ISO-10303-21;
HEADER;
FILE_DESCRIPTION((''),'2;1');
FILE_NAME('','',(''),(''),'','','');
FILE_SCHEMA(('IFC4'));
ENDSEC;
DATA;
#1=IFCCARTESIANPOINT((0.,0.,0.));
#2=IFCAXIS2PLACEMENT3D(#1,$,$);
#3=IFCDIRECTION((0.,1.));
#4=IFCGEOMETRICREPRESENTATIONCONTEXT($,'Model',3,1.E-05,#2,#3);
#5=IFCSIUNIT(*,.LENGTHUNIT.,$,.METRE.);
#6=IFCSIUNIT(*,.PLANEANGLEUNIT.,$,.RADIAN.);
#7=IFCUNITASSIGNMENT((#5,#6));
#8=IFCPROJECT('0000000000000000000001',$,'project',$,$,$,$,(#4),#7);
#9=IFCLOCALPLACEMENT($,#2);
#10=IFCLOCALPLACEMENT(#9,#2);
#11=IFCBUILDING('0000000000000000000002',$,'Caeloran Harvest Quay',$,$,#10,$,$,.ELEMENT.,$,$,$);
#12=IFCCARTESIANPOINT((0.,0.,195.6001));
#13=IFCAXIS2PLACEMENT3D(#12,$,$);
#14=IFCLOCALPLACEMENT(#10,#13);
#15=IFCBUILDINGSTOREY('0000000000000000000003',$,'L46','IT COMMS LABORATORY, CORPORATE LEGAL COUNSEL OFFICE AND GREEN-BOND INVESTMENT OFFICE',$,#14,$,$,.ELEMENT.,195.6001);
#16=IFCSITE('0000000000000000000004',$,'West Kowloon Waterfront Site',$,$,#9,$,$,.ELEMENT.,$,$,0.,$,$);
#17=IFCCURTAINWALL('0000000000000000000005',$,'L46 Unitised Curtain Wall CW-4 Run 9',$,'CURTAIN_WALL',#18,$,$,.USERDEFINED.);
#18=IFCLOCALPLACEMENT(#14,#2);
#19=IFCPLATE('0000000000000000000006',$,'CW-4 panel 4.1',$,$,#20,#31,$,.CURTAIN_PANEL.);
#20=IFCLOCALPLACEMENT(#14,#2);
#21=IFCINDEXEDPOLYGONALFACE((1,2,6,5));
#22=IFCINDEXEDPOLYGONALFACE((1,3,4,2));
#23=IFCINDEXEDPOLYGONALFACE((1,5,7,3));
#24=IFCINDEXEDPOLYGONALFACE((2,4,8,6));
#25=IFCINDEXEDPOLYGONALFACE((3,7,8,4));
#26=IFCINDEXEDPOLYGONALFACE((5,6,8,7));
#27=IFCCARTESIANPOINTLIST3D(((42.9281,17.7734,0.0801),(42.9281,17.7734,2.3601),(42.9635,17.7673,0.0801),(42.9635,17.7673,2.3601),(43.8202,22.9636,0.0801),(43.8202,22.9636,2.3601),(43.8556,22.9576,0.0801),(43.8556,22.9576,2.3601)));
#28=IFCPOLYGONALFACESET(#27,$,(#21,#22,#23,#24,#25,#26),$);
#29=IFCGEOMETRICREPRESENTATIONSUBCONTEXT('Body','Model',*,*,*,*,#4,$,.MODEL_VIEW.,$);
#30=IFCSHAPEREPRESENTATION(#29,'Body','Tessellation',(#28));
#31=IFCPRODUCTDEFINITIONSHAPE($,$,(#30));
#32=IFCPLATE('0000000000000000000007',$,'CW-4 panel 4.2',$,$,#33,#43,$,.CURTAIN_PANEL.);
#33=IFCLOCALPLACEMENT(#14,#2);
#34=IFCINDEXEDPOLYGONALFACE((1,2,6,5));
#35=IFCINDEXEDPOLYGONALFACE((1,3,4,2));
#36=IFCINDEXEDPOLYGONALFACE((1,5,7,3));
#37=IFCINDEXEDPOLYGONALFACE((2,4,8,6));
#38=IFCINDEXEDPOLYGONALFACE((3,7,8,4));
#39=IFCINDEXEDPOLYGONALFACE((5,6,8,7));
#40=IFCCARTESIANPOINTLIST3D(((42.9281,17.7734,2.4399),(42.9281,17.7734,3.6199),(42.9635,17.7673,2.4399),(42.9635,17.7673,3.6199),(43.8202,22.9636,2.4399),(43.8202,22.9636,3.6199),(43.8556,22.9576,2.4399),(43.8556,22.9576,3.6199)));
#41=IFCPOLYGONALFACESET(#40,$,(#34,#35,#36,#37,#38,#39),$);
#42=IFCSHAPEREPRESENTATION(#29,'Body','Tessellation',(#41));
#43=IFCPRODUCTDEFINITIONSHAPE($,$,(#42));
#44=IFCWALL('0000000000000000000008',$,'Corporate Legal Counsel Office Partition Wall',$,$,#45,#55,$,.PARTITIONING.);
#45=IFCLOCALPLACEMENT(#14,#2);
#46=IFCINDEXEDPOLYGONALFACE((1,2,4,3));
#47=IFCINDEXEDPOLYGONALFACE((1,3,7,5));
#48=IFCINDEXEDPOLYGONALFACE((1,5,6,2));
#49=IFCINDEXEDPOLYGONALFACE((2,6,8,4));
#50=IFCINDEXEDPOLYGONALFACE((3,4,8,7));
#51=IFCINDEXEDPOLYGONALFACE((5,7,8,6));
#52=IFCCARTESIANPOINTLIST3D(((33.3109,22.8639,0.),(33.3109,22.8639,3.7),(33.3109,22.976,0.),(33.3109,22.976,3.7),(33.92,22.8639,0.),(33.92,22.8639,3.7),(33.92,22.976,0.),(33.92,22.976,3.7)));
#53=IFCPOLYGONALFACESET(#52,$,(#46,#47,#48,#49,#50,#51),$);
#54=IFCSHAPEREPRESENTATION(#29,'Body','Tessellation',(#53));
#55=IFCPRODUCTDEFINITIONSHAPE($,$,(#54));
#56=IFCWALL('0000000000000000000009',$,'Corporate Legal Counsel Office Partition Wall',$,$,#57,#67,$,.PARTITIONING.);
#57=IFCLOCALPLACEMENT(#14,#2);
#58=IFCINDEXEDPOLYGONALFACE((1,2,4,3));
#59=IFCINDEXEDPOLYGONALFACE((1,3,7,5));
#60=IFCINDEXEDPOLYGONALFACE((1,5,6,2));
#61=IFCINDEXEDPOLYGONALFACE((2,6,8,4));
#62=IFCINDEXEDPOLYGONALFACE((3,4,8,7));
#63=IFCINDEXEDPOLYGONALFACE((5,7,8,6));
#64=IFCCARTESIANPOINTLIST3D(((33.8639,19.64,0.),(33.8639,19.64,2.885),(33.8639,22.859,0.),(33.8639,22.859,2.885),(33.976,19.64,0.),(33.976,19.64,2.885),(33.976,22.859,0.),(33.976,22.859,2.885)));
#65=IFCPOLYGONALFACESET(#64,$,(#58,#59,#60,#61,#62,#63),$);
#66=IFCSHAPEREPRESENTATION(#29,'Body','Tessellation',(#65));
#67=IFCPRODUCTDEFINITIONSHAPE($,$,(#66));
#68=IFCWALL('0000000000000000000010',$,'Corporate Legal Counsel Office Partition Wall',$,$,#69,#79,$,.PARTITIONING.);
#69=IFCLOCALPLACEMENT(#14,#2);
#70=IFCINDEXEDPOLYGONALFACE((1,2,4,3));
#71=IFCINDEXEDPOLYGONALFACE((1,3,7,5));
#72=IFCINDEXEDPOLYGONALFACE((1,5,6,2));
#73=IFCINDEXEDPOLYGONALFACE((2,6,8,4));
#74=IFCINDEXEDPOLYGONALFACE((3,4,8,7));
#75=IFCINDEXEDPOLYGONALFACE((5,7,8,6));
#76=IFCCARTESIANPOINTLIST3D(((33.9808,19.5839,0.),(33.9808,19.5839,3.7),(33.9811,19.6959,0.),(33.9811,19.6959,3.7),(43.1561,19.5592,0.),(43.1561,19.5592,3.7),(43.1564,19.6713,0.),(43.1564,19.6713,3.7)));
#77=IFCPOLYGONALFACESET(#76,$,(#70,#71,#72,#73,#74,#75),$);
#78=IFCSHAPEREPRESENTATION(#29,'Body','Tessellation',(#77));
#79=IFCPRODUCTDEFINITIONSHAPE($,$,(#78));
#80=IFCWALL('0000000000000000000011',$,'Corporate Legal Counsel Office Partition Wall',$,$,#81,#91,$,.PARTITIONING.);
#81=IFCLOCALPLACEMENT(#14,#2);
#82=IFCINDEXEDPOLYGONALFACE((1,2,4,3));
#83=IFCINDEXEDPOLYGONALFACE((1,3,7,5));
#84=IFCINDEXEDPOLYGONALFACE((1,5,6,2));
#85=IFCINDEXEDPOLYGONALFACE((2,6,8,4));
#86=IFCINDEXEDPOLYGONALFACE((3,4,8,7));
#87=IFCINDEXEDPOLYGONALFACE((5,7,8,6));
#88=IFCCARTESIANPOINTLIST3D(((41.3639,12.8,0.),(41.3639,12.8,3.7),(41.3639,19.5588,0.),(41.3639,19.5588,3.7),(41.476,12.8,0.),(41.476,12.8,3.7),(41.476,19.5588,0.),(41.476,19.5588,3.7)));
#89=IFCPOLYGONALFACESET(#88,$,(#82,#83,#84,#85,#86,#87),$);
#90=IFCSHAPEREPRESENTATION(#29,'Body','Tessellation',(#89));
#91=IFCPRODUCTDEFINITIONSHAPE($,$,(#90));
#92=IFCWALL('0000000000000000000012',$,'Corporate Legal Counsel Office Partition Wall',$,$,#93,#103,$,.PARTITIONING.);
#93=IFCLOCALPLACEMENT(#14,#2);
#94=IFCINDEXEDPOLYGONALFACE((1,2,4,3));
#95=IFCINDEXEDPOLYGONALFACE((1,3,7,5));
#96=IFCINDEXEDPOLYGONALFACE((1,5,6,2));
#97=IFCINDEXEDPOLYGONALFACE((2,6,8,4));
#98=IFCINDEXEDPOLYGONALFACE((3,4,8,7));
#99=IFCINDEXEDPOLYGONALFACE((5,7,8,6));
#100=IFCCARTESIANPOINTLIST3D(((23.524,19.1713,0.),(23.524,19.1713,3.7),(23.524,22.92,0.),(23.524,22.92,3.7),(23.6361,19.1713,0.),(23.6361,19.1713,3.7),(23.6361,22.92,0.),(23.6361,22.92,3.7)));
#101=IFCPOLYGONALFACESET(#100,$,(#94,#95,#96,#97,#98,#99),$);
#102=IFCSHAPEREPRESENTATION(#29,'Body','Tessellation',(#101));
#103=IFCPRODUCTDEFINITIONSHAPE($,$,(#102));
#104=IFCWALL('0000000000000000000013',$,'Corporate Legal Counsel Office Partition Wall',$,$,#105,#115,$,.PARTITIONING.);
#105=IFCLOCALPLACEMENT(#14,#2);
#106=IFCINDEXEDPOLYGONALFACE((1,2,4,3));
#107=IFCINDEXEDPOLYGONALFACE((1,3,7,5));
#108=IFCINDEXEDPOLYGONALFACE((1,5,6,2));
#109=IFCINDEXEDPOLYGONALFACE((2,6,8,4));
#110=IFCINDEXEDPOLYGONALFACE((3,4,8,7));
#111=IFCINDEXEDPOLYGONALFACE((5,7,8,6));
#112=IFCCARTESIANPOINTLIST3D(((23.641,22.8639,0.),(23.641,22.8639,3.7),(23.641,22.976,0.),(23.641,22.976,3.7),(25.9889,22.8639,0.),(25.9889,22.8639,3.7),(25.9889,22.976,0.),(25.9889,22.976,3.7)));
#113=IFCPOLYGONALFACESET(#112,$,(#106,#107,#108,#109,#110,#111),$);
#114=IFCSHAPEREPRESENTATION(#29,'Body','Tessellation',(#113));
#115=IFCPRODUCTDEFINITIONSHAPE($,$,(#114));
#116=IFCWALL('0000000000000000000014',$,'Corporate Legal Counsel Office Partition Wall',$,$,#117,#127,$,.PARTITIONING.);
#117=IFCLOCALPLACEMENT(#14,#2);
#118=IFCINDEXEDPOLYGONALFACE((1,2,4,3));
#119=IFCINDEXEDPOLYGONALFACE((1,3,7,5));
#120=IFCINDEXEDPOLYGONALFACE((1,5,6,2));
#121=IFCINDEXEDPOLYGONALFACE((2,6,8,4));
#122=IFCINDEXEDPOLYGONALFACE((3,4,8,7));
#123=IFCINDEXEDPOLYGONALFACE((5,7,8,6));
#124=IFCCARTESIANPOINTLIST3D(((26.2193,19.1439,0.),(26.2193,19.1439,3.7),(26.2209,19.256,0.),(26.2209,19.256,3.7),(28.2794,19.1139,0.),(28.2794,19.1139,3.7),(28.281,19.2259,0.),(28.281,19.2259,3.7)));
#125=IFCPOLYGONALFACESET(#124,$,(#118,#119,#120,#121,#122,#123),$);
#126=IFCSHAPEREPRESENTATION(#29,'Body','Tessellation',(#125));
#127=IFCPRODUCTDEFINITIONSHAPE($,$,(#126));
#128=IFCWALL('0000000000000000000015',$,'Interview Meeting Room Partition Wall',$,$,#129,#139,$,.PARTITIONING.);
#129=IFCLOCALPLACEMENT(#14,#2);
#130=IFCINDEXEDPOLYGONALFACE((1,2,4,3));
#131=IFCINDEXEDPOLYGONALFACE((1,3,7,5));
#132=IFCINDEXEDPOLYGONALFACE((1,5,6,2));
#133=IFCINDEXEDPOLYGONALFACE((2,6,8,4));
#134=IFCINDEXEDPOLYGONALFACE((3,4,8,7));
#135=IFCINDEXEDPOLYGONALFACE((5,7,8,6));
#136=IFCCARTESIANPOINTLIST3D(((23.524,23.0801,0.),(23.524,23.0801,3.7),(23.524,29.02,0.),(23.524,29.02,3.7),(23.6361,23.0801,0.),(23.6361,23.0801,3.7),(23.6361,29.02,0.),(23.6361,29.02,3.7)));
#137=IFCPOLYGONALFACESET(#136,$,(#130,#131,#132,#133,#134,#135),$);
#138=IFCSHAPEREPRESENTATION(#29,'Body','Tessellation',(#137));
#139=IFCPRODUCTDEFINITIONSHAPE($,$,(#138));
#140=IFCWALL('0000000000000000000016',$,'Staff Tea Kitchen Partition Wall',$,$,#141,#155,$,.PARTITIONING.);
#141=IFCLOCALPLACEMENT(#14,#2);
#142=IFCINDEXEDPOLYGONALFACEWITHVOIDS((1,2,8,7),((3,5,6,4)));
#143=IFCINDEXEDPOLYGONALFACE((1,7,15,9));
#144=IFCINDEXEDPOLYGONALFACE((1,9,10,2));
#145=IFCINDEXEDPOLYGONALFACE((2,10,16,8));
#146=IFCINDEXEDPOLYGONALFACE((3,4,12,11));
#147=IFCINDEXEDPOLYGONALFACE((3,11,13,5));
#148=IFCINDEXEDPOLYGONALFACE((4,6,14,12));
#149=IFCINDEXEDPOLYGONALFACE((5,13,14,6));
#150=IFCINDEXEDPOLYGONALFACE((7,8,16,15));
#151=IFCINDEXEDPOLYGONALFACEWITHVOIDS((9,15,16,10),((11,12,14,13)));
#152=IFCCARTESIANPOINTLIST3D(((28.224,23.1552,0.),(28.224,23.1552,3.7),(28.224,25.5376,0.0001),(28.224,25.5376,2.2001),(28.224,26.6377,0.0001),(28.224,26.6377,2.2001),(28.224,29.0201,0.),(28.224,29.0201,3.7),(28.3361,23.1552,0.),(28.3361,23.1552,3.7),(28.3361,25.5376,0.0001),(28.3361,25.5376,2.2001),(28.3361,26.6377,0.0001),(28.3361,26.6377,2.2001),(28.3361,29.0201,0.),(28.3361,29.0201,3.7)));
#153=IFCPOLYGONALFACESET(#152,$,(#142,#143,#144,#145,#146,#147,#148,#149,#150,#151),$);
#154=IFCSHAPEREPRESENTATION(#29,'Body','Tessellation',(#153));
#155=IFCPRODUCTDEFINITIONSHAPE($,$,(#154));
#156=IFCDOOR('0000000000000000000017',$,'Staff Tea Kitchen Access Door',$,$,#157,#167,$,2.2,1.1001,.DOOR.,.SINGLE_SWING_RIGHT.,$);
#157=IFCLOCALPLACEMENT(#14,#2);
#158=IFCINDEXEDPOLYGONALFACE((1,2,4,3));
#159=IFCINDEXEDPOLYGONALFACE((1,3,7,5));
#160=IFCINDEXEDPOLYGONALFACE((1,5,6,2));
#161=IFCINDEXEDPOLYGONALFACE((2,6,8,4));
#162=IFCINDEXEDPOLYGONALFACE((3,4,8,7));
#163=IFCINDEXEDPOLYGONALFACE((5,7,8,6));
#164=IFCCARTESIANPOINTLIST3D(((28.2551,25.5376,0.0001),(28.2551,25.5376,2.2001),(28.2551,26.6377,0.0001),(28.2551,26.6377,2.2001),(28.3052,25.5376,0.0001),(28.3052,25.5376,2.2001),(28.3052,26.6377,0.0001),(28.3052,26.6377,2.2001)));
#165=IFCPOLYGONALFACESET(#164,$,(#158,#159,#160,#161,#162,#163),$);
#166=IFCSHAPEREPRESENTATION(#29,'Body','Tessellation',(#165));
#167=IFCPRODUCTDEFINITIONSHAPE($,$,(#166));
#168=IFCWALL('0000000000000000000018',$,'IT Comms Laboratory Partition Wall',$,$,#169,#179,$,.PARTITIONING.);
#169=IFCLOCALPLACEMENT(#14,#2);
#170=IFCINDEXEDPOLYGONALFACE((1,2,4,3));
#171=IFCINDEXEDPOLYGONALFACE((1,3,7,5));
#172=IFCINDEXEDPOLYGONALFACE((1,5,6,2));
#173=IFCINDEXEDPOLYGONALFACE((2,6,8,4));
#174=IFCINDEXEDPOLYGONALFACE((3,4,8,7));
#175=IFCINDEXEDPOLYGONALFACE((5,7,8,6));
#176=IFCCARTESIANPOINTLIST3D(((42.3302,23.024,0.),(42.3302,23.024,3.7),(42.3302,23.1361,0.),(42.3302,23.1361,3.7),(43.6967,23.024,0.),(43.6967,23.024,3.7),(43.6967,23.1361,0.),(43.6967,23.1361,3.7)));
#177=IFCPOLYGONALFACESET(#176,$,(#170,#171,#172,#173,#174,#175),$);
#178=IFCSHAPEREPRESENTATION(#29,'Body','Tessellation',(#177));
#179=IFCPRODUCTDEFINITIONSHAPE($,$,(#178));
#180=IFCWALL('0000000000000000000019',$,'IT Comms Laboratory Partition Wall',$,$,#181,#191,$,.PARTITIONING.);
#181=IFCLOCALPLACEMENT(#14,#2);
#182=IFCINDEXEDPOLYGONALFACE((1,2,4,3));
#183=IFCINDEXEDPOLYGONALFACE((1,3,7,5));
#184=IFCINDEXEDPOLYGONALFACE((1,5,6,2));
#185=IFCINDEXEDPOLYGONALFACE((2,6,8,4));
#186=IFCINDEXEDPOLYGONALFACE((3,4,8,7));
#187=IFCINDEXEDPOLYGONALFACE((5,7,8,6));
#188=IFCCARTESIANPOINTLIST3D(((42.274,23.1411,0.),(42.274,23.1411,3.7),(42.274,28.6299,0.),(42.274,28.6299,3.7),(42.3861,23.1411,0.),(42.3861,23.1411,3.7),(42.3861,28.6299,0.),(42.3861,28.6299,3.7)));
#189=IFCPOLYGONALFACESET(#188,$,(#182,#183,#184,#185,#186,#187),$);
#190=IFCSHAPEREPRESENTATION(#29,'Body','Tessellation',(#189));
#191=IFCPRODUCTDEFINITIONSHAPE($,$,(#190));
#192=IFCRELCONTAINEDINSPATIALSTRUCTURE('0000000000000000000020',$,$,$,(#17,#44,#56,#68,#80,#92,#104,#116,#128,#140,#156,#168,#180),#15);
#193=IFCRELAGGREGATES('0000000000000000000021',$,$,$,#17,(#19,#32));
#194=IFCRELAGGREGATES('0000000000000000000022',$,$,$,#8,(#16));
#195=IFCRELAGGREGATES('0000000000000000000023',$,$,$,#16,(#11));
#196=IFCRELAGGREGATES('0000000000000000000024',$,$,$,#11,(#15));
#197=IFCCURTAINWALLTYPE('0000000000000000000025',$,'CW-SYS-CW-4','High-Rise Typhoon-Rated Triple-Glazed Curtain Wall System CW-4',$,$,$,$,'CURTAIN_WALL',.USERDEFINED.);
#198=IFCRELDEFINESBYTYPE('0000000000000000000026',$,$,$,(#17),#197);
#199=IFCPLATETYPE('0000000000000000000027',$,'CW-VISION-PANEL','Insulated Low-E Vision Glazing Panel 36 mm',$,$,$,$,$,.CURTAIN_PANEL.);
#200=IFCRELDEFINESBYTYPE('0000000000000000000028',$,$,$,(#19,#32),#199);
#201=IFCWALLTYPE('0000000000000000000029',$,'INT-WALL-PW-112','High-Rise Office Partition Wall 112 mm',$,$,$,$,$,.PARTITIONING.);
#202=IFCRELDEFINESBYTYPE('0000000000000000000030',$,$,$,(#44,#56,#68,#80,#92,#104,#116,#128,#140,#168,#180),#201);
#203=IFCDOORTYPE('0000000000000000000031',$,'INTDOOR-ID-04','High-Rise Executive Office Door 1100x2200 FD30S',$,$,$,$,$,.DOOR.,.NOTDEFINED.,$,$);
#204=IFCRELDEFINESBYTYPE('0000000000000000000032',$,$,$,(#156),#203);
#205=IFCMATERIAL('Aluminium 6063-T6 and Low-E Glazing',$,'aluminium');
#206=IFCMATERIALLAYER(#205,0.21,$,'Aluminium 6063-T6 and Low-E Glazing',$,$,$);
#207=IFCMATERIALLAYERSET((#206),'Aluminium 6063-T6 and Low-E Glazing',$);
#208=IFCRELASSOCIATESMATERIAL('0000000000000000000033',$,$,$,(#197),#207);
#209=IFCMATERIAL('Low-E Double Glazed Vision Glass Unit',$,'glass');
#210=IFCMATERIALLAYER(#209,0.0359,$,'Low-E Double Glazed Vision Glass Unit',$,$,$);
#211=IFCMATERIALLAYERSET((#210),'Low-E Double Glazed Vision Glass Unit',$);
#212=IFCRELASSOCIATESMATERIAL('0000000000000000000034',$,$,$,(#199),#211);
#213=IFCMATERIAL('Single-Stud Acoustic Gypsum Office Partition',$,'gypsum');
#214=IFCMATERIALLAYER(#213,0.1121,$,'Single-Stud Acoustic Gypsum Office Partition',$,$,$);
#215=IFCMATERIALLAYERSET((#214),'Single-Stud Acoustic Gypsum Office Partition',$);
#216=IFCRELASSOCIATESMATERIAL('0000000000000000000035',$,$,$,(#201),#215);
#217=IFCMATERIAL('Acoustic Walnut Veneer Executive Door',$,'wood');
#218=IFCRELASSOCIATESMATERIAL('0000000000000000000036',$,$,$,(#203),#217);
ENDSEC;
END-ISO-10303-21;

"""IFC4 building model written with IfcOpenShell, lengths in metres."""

from ifc_helpers import new_model, si_unit, direction, frame, frame_2d, origin, origin_2d, place, context, subcontext, project, spatial, rectangle, extrude, material, layer, layer_set, type_object, element, fill, aggregate, save


model = new_model("IFC4")

# Units and contexts
model_context = context("Model", 3, precision=1e-05, world=origin(), true_north=direction((0.0, 1.0)))
body_context = subcontext(model_context, "Body", "Model", "MODEL_VIEW")
ifc_project = project(units=[si_unit("LENGTHUNIT", "METRE"), si_unit("PLANEANGLEUNIT", "RADIAN")], contexts=[model_context])

# Site, building, storey
site_placement = place(None, origin())
site = spatial("IfcSite", under=ifc_project, at=site_placement, Name="West Kowloon Waterfront Site", CompositionType="ELEMENT", RefElevation=0.0)
building_placement = place(site_placement, origin())
building = spatial("IfcBuilding", under=site, at=building_placement, Name="Caeloran Harvest Quay", CompositionType="ELEMENT")
storey_placement = place(building_placement, frame((0.0, 0.0, 195.6001)))
storey = spatial("IfcBuildingStorey", under=building, at=storey_placement, Name="L46", Description="IT COMMS LABORATORY, CORPORATE LEGAL COUNSEL OFFICE AND GREEN-BOND INVESTMENT OFFICE", CompositionType="ELEMENT", Elevation=195.6001)

# Curtain wall, plates
ifc_material_1 = material(Name="Aluminium 6063-T6 and Low-E Glazing", Category="aluminium")
ifc_layer_1 = layer(ifc_material_1, 0.21, Name="Aluminium 6063-T6 and Low-E Glazing")
ifc_layer_set_1 = layer_set([ifc_layer_1], Name="Aluminium 6063-T6 and Low-E Glazing")
curtain_wall_type = type_object("IfcCurtainWallType", Name="CW-SYS-CW-4", Description="High-Rise Typhoon-Rated Triple-Glazed Curtain Wall System CW-4", ElementType="CURTAIN_WALL", PredefinedType="USERDEFINED", material=ifc_layer_set_1)
curtain_wall_placement = place(storey_placement, origin())
curtain_wall = element("IfcCurtainWall", 1, at=curtain_wall_placement, inside=storey, type_object=curtain_wall_type, Name="L46 Unitised Curtain Wall CW-4 Run 9", ObjectType="CURTAIN_WALL", PredefinedType="USERDEFINED")
ifc_material_2 = material(Name="Low-E Double Glazed Vision Glass Unit", Category="glass")
ifc_layer_2 = layer(ifc_material_2, 0.0359, Name="Low-E Double Glazed Vision Glass Unit")
ifc_layer_set_2 = layer_set([ifc_layer_2], Name="Low-E Double Glazed Vision Glass Unit")
plate_type = type_object("IfcPlateType", Name="CW-VISION-PANEL", Description="Insulated Low-E Vision Glazing Panel 36 mm", PredefinedType="CURTAIN_PANEL", material=ifc_layer_set_2)
plate_1_placement = place(storey_placement, frame((43.3918, 20.3655, 0.0801), z_axis=(0.0, 0.0, 1.0), x_axis=(-0.169392, -0.985549, 0.0)))
plate_1 = element("IfcPlate", 2, at=plate_1_placement, type_object=plate_type, Name="CW-4 panel 4.1", PredefinedType="CURTAIN_PANEL", context=body_context, shape_type="SweptSolid", body=[
    extrude(rectangle(XDim=5.2664, YDim=0.0359, at=origin_2d()), origin(), (0.0, 0.0, 1.0), 2.28),
])
plate_2_placement = place(storey_placement, frame((43.3918, 20.3655, 2.4399), z_axis=(0.0, 0.0, 1.0), x_axis=(-0.169392, -0.985549, 0.0)))
plate_2 = element("IfcPlate", 3, at=plate_2_placement, type_object=plate_type, Name="CW-4 panel 4.2", PredefinedType="CURTAIN_PANEL", context=body_context, shape_type="SweptSolid", body=[
    extrude(rectangle(XDim=5.2664, YDim=0.0359, at=origin_2d()), origin(), (0.0, 0.0, 1.0), 1.1799),
])
aggregate(curtain_wall, [plate_1, plate_2])

# Walls
ifc_material_3 = material(Name="Single-Stud Acoustic Gypsum Office Partition", Category="gypsum")
ifc_layer_3 = layer(ifc_material_3, 0.1121, Name="Single-Stud Acoustic Gypsum Office Partition")
ifc_layer_set_3 = layer_set([ifc_layer_3], Name="Single-Stud Acoustic Gypsum Office Partition")
wall_type_1 = type_object("IfcWallType", Name="INT-WALL-PW-112", Description="High-Rise Office Partition Wall 112 mm", PredefinedType="PARTITIONING", material=ifc_layer_set_3)
wall_1_placement = place(storey_placement, frame((33.3108, 22.9199, 0.0), z_axis=(0.0, 0.0, 1.0), x_axis=(1.0, 0.0, 0.0)))
element("IfcWall", 4, at=wall_1_placement, inside=storey, type_object=wall_type_1, Name="Corporate Legal Counsel Office Partition Wall", PredefinedType="PARTITIONING", context=body_context, shape_type="SweptSolid", body=[
    extrude(rectangle(XDim=0.6091, YDim=0.1121, at=frame_2d((0.3047, 0.0))), origin(), (0.0, 0.0, 1.0), 3.7),
])
wall_2_placement = place(storey_placement, frame((33.9199, 22.8589, 0.0), z_axis=(0.0, 0.0, 1.0), x_axis=(0.0, -1.0, 0.0)))
element("IfcWall", 5, at=wall_2_placement, inside=storey, type_object=wall_type_1, Name="Corporate Legal Counsel Office Partition Wall", PredefinedType="PARTITIONING", context=body_context, shape_type="SweptSolid", body=[
    extrude(rectangle(XDim=3.219, YDim=0.1121, at=frame_2d((1.6094, 0.0))), origin(), (0.0, 0.0, 1.0), 2.885),
])
wall_3_placement = place(storey_placement, frame((33.981, 19.6399, 0.0), z_axis=(0.0, 0.0, 1.0), x_axis=(0.999996, -0.002687, 0.0)))
element("IfcWall", 6, at=wall_3_placement, inside=storey, type_object=wall_type_1, Name="Corporate Legal Counsel Office Partition Wall", PredefinedType="PARTITIONING", context=body_context, shape_type="SweptSolid", body=[
    extrude(rectangle(XDim=9.1753, YDim=0.1121, at=frame_2d((4.5876, 0.0))), origin(), (0.0, 0.0, 1.0), 3.7),
])
wall_4_placement = place(storey_placement, frame((41.4199, 19.5588, 0.0), z_axis=(0.0, 0.0, 1.0), x_axis=(0.0, -1.0, 0.0)))
element("IfcWall", 7, at=wall_4_placement, inside=storey, type_object=wall_type_1, Name="Corporate Legal Counsel Office Partition Wall", PredefinedType="PARTITIONING", context=body_context, shape_type="SweptSolid", body=[
    extrude(rectangle(XDim=6.7588, YDim=0.1121, at=frame_2d((3.3794, 0.0))), origin(), (0.0, 0.0, 1.0), 3.7),
])
wall_5_placement = place(storey_placement, frame((23.5801, 19.1711, 0.0), z_axis=(0.0, 0.0, 1.0), x_axis=(0.0, 1.0, 0.0)))
element("IfcWall", 8, at=wall_5_placement, inside=storey, type_object=wall_type_1, Name="Corporate Legal Counsel Office Partition Wall", PredefinedType="PARTITIONING", context=body_context, shape_type="SweptSolid", body=[
    extrude(rectangle(XDim=3.7488, YDim=0.1121, at=frame_2d((1.8745, 0.0))), origin(), (0.0, 0.0, 1.0), 3.7),
])
wall_6_placement = place(storey_placement, frame((23.6411, 22.9199, 0.0), z_axis=(0.0, 0.0, 1.0), x_axis=(1.0, 0.0, 0.0)))
element("IfcWall", 9, at=wall_6_placement, inside=storey, type_object=wall_type_1, Name="Corporate Legal Counsel Office Partition Wall", PredefinedType="PARTITIONING", context=body_context, shape_type="SweptSolid", body=[
    extrude(rectangle(XDim=2.3479, YDim=0.1121, at=frame_2d((1.1738, 0.0))), origin(), (0.0, 0.0, 1.0), 3.7),
])
wall_7_placement = place(storey_placement, frame((26.22, 19.2, 0.0), z_axis=(0.0, 0.0, 1.0), x_axis=(0.999894, -0.014575, 0.0)))
element("IfcWall", 10, at=wall_7_placement, inside=storey, type_object=wall_type_1, Name="Corporate Legal Counsel Office Partition Wall", PredefinedType="PARTITIONING", context=body_context, shape_type="SweptSolid", body=[
    extrude(rectangle(XDim=2.0603, YDim=0.1121, at=frame_2d((1.0303, 0.0))), origin(), (0.0, 0.0, 1.0), 3.7),
])
wall_8_placement = place(storey_placement, frame((23.5801, 23.0801, 0.0), z_axis=(0.0, 0.0, 1.0), x_axis=(0.0, 1.0, 0.0)))
element("IfcWall", 11, at=wall_8_placement, inside=storey, type_object=wall_type_1, Name="Interview Meeting Room Partition Wall", PredefinedType="PARTITIONING", context=body_context, shape_type="SweptSolid", body=[
    extrude(rectangle(XDim=5.9399, YDim=0.1121, at=frame_2d((2.97, 0.0))), origin(), (0.0, 0.0, 1.0), 3.7),
])

# Wall, opening, door
wall_9_placement = place(storey_placement, frame((28.28, 23.155, 0.0), z_axis=(0.0, 0.0, 1.0), x_axis=(0.0, 1.0, 0.0)))
wall_9 = element("IfcWall", 12, at=wall_9_placement, inside=storey, type_object=wall_type_1, Name="Staff Tea Kitchen Partition Wall", PredefinedType="PARTITIONING", context=body_context, shape_type="SweptSolid", body=[
    extrude(rectangle(XDim=5.865, YDim=0.1121, at=frame_2d((2.9326, 0.0))), origin(), (0.0, 0.0, 1.0), 3.7),
])
opening_1_placement = place(wall_9_placement, frame((2.3826, 0.0, 0.0)))
opening_1 = element("IfcOpeningElement", 13, at=opening_1_placement, cuts=wall_9, PredefinedType="OPENING", context=body_context, shape_type="SweptSolid", body=[
    extrude(rectangle(XDim=1.1001, YDim=2.2, at=frame_2d((0.55, 1.1001))), frame((0.0, 0.0659, 0.0), z_axis=(0.0, -1.0, 0.0), x_axis=(1.0, 0.0, 0.0)), (0.0, 0.0, 1.0), 0.1321),
])
ifc_material_4 = material(Name="Acoustic Walnut Veneer Executive Door", Category="wood")
door_type_1 = type_object("IfcDoorType", Name="INTDOOR-ID-04", Description="High-Rise Executive Office Door 1100x2200 FD30S", OperationType="NOTDEFINED", PredefinedType="DOOR", material=ifc_material_4)
door_1_placement = place(opening_1_placement, origin())
door_1 = element("IfcDoor", 14, at=door_1_placement, inside=storey, type_object=door_type_1, Name="Staff Tea Kitchen Access Door", OperationType="SINGLE_SWING_RIGHT", OverallHeight=2.2, OverallWidth=1.1001, PredefinedType="DOOR", context=body_context, shape_type="SweptSolid", body=[
    extrude(rectangle(XDim=1.1001, YDim=2.2, at=frame_2d((0.55, 1.1001))), frame((0.0, 0.0249, 0.0), z_axis=(0.0, -1.0, 0.0), x_axis=(1.0, 0.0, 0.0)), (0.0, 0.0, 1.0), 0.05),
])
fill(opening_1, door_1)

# Walls
wall_10_placement = place(storey_placement, frame((43.6965, 23.0801, 0.0), z_axis=(0.0, 0.0, 1.0), x_axis=(-1.0, 0.0, 0.0)))
element("IfcWall", 15, at=wall_10_placement, inside=storey, type_object=wall_type_1, Name="IT Comms Laboratory Partition Wall", PredefinedType="PARTITIONING", context=body_context, shape_type="SweptSolid", body=[
    extrude(rectangle(XDim=1.3665, YDim=0.1121, at=frame_2d((0.6831, 0.0))), origin(), (0.0, 0.0, 1.0), 3.7),
])
wall_11_placement = place(storey_placement, frame((42.3301, 23.1411, 0.0), z_axis=(0.0, 0.0, 1.0), x_axis=(0.0, 1.0, 0.0)))
element("IfcWall", 16, at=wall_11_placement, inside=storey, type_object=wall_type_1, Name="IT Comms Laboratory Partition Wall", PredefinedType="PARTITIONING", context=body_context, shape_type="SweptSolid", body=[
    extrude(rectangle(XDim=5.4888, YDim=0.1121, at=frame_2d((2.7444, 0.0))), origin(), (0.0, 0.0, 1.0), 3.7),
])

save(model, "model.ifc")
